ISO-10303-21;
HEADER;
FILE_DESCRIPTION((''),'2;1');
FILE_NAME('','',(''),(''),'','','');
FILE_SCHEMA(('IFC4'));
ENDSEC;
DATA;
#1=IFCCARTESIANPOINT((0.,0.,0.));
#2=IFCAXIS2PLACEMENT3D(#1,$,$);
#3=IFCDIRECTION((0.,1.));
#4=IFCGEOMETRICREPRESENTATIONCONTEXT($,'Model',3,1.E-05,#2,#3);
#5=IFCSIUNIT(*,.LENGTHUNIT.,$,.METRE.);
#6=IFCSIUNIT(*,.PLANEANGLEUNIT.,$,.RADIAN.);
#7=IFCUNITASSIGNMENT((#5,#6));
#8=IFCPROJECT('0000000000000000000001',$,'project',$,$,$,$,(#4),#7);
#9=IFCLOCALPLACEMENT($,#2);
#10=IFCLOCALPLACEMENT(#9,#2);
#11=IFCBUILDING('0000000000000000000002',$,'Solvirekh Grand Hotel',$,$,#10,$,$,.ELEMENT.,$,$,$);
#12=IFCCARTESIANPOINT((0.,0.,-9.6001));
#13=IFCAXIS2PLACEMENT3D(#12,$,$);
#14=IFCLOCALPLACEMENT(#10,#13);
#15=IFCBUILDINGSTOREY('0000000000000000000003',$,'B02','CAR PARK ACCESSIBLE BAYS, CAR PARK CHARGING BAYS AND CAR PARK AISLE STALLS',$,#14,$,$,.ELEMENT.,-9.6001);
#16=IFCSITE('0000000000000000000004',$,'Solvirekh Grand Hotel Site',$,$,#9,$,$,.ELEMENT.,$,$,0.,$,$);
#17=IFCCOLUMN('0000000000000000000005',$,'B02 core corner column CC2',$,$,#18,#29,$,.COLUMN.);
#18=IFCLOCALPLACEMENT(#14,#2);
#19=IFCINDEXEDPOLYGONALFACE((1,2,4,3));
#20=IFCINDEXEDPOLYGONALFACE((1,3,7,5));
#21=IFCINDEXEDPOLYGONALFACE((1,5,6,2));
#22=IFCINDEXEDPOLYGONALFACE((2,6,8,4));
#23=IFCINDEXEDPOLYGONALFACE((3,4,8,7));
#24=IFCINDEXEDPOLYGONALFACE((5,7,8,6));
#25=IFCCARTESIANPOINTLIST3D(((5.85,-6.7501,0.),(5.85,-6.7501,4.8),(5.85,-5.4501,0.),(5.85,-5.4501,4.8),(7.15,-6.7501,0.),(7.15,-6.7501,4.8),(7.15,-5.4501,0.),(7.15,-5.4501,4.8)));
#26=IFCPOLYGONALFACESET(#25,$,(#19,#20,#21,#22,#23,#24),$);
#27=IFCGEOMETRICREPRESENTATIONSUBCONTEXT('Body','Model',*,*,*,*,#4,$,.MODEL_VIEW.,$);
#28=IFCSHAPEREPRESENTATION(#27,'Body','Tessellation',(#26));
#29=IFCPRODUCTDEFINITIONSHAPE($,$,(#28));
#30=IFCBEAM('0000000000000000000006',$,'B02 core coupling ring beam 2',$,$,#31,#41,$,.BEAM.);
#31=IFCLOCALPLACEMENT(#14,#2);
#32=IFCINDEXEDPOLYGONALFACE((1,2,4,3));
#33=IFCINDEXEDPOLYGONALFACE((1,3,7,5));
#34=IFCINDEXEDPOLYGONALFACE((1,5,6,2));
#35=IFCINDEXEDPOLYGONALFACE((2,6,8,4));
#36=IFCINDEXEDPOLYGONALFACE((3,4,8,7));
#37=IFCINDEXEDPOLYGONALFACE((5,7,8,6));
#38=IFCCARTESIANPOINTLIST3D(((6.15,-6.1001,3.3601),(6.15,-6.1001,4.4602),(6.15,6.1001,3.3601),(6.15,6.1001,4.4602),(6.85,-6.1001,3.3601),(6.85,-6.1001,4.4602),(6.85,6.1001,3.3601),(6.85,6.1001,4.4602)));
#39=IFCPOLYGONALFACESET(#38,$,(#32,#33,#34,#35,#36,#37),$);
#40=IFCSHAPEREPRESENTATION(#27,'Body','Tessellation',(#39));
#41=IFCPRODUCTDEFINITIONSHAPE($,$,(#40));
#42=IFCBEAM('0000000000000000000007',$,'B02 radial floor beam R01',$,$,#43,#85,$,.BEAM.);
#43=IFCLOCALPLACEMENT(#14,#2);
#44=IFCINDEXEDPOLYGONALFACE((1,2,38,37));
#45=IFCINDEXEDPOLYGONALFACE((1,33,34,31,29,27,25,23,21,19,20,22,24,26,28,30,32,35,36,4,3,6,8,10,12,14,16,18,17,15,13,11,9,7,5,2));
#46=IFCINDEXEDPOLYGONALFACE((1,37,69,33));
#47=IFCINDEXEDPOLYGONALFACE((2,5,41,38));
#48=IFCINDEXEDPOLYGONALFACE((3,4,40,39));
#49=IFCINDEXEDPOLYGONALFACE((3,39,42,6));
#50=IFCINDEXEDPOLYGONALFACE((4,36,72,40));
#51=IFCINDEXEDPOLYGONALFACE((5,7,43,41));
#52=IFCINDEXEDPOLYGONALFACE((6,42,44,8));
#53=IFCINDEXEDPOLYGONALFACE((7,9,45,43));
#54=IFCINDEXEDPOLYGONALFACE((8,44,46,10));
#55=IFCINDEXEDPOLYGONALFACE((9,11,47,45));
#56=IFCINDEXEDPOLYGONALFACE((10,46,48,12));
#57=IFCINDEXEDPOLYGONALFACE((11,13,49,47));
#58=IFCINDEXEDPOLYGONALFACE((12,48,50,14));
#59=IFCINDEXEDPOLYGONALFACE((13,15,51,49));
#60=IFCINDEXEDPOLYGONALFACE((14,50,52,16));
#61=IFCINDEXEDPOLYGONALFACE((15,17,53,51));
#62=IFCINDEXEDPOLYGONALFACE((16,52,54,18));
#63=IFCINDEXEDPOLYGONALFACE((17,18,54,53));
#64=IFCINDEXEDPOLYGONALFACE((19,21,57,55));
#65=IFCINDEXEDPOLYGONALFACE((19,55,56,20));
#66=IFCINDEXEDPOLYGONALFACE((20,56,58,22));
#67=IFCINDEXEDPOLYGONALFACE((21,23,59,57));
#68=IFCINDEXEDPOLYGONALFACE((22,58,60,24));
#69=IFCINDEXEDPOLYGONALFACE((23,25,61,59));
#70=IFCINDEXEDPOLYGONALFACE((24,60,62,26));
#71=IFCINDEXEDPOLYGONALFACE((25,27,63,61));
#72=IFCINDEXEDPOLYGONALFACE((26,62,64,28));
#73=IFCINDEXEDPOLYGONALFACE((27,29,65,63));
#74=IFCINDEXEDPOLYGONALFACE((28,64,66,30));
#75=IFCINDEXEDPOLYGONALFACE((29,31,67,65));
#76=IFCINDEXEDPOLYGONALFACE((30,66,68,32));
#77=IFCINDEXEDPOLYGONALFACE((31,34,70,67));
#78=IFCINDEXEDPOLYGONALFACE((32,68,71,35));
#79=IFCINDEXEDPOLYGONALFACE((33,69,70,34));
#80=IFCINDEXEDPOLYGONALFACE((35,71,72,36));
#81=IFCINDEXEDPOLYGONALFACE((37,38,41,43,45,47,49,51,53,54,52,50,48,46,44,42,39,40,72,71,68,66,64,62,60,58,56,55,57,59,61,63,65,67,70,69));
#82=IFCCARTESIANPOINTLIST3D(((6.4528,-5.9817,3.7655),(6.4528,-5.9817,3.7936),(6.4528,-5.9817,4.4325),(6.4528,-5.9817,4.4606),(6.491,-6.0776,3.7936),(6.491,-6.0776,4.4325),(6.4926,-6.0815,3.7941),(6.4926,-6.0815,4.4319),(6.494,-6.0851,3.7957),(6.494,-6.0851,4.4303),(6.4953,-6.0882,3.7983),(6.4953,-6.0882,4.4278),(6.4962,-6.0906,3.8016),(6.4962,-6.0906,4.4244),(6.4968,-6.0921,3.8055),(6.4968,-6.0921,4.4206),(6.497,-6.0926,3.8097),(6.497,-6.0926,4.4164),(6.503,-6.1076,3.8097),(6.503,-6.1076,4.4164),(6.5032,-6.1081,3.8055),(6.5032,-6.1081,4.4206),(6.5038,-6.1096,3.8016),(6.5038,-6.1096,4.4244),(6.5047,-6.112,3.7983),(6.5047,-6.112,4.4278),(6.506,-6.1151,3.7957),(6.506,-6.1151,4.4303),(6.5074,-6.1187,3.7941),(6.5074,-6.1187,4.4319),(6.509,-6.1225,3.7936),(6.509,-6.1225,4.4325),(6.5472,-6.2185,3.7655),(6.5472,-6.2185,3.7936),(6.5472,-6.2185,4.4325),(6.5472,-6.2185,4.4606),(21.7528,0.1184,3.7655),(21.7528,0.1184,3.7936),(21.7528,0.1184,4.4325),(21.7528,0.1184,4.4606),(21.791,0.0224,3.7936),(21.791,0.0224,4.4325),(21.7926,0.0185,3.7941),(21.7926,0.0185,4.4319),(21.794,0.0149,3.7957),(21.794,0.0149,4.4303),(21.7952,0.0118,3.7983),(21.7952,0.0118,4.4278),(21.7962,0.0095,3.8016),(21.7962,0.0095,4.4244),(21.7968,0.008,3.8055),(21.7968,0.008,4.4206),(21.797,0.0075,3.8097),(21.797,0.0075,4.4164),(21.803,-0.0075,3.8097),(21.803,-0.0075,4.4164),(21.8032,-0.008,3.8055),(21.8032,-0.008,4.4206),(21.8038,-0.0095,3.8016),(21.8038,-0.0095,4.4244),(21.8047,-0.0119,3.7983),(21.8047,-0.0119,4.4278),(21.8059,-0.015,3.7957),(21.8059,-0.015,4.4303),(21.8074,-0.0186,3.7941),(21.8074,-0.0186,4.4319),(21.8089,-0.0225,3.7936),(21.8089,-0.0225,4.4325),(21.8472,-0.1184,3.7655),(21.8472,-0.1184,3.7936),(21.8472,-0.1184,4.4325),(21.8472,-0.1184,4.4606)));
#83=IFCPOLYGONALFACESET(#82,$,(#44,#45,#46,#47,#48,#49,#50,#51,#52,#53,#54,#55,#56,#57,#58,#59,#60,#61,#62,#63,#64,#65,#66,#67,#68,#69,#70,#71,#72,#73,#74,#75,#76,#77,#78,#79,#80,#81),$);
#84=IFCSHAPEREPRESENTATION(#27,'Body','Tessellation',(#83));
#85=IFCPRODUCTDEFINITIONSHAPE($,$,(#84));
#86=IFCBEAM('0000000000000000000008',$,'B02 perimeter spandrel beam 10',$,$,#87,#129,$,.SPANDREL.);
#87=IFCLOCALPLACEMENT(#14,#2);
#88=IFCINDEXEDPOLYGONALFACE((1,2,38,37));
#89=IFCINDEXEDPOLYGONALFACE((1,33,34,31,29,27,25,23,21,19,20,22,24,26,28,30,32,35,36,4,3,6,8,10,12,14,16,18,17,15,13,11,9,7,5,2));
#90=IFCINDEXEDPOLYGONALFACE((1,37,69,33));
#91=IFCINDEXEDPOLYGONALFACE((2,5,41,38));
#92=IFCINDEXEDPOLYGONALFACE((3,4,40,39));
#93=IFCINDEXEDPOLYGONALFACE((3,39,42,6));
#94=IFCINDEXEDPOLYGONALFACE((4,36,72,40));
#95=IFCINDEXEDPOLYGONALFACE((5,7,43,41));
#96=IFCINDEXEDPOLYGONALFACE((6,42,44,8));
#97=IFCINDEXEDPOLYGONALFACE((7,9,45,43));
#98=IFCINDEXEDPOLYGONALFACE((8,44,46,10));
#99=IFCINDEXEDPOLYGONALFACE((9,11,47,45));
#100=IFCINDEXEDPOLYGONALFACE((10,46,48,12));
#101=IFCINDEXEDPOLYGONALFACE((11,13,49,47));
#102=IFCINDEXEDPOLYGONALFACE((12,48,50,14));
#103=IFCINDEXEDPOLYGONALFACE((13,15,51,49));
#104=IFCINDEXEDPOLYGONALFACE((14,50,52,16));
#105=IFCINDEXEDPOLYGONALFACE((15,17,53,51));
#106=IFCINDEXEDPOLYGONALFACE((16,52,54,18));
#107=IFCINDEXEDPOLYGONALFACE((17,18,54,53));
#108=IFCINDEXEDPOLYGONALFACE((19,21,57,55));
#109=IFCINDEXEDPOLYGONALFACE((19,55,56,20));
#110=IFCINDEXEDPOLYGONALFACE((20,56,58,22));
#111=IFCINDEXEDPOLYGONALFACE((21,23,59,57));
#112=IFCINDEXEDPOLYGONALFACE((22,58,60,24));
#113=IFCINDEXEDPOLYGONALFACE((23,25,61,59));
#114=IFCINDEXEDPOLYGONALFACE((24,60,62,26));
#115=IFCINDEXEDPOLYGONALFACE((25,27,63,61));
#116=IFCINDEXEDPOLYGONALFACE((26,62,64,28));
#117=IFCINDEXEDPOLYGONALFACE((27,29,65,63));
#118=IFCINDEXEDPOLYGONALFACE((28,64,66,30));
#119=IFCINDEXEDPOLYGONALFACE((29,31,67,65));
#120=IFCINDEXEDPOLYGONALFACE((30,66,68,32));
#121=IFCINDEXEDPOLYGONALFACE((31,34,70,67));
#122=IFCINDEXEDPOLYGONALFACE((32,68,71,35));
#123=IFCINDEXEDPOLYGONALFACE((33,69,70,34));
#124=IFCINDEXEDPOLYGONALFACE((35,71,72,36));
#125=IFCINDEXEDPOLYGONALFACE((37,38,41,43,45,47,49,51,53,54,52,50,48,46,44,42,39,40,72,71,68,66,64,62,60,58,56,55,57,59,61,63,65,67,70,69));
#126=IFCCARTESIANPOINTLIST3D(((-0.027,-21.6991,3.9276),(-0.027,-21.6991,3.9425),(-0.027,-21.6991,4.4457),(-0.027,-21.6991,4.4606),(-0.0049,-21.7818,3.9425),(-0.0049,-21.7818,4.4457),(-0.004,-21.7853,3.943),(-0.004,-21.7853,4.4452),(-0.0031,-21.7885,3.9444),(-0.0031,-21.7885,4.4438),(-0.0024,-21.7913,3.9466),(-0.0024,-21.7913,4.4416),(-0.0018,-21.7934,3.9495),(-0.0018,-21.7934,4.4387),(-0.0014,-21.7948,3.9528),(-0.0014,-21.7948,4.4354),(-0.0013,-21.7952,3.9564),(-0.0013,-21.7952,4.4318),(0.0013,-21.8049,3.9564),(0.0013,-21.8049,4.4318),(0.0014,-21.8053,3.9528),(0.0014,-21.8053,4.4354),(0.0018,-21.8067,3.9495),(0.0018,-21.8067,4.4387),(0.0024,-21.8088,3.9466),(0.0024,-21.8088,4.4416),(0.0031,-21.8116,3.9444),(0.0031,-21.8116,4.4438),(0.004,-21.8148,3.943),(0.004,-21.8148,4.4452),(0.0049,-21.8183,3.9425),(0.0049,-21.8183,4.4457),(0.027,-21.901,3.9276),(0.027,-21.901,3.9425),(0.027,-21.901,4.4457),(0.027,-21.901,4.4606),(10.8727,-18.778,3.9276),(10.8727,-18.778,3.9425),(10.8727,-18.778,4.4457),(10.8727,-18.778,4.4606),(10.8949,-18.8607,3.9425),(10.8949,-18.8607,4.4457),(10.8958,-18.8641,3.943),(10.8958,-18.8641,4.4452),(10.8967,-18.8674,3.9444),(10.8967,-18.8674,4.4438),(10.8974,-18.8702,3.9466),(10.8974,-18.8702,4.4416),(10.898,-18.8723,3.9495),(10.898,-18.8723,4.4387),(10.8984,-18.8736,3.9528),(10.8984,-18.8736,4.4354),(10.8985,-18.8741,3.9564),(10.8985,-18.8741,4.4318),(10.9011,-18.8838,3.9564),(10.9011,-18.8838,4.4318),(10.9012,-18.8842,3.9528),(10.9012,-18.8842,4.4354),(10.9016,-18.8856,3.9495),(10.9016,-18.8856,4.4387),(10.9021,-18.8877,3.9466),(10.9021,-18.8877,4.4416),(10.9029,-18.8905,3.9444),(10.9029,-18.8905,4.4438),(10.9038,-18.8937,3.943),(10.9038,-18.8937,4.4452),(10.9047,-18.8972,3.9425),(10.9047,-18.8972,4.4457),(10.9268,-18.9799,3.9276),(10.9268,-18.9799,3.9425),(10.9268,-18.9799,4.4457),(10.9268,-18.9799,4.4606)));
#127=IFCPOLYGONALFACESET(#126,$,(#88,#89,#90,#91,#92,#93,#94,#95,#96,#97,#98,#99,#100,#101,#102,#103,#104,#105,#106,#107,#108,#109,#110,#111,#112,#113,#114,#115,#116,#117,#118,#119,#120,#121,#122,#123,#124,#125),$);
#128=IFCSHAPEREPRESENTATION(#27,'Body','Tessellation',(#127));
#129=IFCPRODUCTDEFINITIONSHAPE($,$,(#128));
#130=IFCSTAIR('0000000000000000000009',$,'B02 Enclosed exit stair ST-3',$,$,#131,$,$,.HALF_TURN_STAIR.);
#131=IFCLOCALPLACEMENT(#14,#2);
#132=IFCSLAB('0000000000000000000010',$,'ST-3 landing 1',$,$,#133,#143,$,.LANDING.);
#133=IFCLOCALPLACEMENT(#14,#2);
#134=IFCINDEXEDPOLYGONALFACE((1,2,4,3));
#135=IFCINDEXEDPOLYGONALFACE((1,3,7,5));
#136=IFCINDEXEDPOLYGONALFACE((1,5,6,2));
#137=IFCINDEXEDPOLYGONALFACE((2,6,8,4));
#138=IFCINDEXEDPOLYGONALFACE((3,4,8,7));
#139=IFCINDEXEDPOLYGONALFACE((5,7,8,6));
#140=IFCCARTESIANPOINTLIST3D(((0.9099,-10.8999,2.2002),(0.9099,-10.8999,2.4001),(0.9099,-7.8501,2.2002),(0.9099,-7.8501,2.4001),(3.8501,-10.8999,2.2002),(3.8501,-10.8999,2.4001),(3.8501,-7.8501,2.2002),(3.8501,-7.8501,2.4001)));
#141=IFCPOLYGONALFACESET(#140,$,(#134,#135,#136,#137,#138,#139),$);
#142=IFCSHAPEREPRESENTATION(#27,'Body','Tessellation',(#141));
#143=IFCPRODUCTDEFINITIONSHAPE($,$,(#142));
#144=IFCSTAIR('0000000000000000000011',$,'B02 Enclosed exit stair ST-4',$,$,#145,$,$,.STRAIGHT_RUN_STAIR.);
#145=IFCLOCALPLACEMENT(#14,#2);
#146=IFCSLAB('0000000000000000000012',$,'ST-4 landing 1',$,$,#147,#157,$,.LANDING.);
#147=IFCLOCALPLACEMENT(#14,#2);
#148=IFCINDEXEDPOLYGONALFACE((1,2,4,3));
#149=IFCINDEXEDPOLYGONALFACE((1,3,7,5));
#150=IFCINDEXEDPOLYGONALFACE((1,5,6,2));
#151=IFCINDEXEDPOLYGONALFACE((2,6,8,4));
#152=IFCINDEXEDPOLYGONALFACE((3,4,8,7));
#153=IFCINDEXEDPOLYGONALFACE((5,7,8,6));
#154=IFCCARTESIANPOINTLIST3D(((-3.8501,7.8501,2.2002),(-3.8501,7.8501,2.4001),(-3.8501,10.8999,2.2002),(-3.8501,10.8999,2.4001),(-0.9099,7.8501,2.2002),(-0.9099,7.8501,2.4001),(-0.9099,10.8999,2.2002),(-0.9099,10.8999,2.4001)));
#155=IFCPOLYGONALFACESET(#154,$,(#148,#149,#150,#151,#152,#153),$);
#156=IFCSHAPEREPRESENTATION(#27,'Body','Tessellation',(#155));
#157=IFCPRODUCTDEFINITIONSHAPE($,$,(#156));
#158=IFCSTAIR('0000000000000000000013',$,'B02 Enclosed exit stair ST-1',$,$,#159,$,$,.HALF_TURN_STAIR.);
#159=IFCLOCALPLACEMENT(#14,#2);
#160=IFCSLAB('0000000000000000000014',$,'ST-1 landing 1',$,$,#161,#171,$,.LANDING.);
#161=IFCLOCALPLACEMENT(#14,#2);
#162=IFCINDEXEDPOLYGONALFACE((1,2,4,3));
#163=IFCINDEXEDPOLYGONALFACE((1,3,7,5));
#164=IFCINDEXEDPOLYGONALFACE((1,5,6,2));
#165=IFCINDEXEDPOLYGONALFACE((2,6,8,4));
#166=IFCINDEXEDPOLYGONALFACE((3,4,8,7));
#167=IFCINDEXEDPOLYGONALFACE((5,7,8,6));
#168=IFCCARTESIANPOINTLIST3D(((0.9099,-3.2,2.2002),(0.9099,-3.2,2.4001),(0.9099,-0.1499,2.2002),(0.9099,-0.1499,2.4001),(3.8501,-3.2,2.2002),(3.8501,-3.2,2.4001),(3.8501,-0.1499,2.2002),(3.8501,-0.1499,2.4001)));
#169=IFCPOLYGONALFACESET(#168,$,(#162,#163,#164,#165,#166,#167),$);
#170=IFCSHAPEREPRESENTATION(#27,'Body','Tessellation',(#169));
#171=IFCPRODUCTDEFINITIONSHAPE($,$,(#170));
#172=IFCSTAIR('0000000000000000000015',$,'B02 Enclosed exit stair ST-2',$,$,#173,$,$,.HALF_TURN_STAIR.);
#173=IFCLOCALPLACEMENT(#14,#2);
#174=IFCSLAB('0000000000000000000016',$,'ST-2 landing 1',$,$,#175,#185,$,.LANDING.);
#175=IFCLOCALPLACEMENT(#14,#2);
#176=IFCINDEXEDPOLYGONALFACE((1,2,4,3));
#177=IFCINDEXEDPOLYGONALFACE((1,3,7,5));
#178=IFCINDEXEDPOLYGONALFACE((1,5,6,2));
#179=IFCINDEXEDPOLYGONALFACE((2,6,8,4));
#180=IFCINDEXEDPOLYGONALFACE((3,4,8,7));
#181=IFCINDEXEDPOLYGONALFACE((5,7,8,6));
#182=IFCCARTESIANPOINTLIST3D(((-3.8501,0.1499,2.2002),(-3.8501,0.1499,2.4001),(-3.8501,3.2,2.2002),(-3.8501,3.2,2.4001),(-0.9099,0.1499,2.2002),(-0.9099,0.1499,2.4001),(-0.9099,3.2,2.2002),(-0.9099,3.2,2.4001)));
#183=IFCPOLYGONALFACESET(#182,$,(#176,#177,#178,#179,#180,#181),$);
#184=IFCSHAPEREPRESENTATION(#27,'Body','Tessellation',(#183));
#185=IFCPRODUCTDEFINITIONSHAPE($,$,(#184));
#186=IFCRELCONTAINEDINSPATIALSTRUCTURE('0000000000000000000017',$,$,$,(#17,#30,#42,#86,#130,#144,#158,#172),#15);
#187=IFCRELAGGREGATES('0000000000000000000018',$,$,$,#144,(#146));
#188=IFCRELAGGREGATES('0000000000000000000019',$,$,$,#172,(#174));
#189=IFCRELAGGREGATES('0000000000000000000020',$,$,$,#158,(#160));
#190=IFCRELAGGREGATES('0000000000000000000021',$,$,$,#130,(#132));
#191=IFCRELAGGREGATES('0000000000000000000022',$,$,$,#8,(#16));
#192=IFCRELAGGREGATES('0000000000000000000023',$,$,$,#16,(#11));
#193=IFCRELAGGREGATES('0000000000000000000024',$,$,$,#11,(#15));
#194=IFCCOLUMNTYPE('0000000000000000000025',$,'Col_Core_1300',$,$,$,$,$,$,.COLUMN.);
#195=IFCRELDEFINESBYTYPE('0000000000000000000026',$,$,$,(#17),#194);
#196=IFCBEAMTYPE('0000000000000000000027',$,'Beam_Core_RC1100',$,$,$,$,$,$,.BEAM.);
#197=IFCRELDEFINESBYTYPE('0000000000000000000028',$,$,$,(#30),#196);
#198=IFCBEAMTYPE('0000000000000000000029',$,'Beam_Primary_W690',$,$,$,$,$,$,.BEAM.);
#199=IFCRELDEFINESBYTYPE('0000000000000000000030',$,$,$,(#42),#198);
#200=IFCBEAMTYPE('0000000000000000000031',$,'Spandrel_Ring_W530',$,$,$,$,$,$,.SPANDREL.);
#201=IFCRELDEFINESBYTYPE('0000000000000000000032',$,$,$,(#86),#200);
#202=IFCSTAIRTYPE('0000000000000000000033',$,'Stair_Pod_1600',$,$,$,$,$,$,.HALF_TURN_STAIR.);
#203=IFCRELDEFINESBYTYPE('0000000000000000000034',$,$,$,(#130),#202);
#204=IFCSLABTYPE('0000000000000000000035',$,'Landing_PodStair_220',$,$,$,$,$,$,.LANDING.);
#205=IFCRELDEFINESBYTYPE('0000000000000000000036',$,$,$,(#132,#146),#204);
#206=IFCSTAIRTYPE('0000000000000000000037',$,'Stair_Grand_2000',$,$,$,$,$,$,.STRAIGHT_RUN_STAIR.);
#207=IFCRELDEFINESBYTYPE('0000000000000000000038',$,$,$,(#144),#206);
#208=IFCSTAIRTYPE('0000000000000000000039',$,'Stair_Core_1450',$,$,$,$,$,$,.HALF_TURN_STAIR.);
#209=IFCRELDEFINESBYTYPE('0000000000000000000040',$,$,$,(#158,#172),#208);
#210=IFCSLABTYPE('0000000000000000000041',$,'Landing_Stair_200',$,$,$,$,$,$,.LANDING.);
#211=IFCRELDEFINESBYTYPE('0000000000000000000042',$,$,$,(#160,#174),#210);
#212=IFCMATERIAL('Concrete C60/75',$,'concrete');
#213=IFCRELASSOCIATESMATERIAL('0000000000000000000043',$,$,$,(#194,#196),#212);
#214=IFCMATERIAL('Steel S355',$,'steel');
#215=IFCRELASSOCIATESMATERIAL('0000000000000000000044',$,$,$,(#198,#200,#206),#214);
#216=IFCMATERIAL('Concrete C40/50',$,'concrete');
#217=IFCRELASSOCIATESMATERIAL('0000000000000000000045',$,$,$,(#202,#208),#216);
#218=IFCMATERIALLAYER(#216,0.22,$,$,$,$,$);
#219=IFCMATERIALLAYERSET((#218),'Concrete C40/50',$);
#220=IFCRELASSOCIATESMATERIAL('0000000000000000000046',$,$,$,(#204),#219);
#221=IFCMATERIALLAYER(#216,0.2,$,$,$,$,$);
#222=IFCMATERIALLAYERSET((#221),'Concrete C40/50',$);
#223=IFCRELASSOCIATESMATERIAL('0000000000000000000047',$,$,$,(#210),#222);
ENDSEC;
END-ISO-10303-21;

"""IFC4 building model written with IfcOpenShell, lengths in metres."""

from ifc_helpers import new_model, si_unit, direction, frame, origin, origin_2d, place, context, subcontext, project, spatial, polyline, rectangle, i_section, outline, extrude, material, layer, layer_set, material_profile, profile_set, type_object, element, aggregate, save


model = new_model("IFC4")

# Units and contexts
model_context = context("Model", 3, precision=1e-05, world=origin(), true_north=direction((0.0, 1.0)))
body_context = subcontext(model_context, "Body", "Model", "MODEL_VIEW")
ifc_project = project(units=[si_unit("LENGTHUNIT", "METRE"), si_unit("PLANEANGLEUNIT", "RADIAN")], contexts=[model_context])

# Site, building, storey
site_placement = place(None, origin())
site = spatial("IfcSite", under=ifc_project, at=site_placement, Name="Solvirekh Grand Hotel Site", CompositionType="ELEMENT", RefElevation=0.0)
building_placement = place(site_placement, origin())
building = spatial("IfcBuilding", under=site, at=building_placement, Name="Solvirekh Grand Hotel", CompositionType="ELEMENT")
storey_placement = place(building_placement, frame((0.0, 0.0, -9.6001)))
storey = spatial("IfcBuildingStorey", under=building, at=storey_placement, Name="B02", Description="CAR PARK ACCESSIBLE BAYS, CAR PARK CHARGING BAYS AND CAR PARK AISLE STALLS", CompositionType="ELEMENT", Elevation=-9.6001)

# Column
ifc_material_1 = material(Name="Concrete C60/75", Category="concrete")
ifc_material_profile_1 = material_profile(ifc_material_1, rectangle(XDim=1.3, YDim=1.3, at=origin_2d()), Name="RC 1300X1300")
ifc_profile_set_1 = profile_set([ifc_material_profile_1], Name="Concrete C60/75")
column_type_1 = type_object("IfcColumnType", Name="Col_Core_1300", PredefinedType="COLUMN", material=ifc_profile_set_1)
column_1_placement = place(storey_placement, frame((6.5, -6.1001, 0.0), z_axis=(0.0, 0.0, 1.0), x_axis=(1.0, 0.0, 0.0)))
element("IfcColumn", 1, at=column_1_placement, inside=storey, type_object=column_type_1, Name="B02 core corner column CC2", PredefinedType="COLUMN", context=body_context, shape_type="SweptSolid", body=[
    extrude(rectangle(XDim=1.3, YDim=1.3, at=origin_2d()), origin(), (0.0, 0.0, 1.0), 4.8),
])

# Beams
ifc_material_profile_2 = material_profile(ifc_material_1, rectangle(XDim=0.7, YDim=1.1001, at=origin_2d()), Name="RC BEAM 700X1100")
ifc_profile_set_2 = profile_set([ifc_material_profile_2], Name="Concrete C60/75")
beam_type_1 = type_object("IfcBeamType", Name="Beam_Core_RC1100", PredefinedType="BEAM", material=ifc_profile_set_2)
beam_1_placement = place(storey_placement, frame((6.5, -6.1001, 3.9102), z_axis=(0.0, 1.0, 0.0), x_axis=(-1.0, 0.0, 0.0)))
element("IfcBeam", 2, at=beam_1_placement, inside=storey, type_object=beam_type_1, Name="B02 core coupling ring beam 2", PredefinedType="BEAM", context=body_context, shape_type="SweptSolid", body=[
    extrude(rectangle(XDim=0.7, YDim=1.1001, at=origin_2d()), origin(), (0.0, 0.0, 1.0), 12.2002),
])
ifc_material_2 = material(Name="Steel S355", Category="steel")
ifc_material_profile_3 = material_profile(ifc_material_2, i_section(OverallWidth=0.2549, OverallDepth=0.6951, WebThickness=0.0161, FlangeThickness=0.0281, FilletRadius=0.0161, at=origin_2d()), Name="W690X217")
ifc_profile_set_3 = profile_set([ifc_material_profile_3], Name="Steel S355")
beam_type_2 = type_object("IfcBeamType", Name="Beam_Primary_W690", PredefinedType="BEAM", material=ifc_profile_set_3)
beam_2_placement = place(storey_placement, frame((6.5, -6.1001, 4.113), z_axis=(0.928893, 0.370348, 0.0), x_axis=(-0.370348, 0.928893, 0.0)))
element("IfcBeam", 3, at=beam_2_placement, inside=storey, type_object=beam_type_2, Name="B02 radial floor beam R01", PredefinedType="BEAM", context=body_context, shape_type="SweptSolid", body=[
    extrude(i_section(OverallWidth=0.2549, OverallDepth=0.6951, WebThickness=0.0161, FlangeThickness=0.0281, FilletRadius=0.0161, at=origin_2d()), origin(), (0.0, 0.0, 1.0), 16.4712),
])
ifc_material_profile_4 = material_profile(ifc_material_2, i_section(OverallWidth=0.209, OverallDepth=0.533, WebThickness=0.01, FlangeThickness=0.0149, FilletRadius=0.0139, at=origin_2d()), Name="W530X92")
ifc_profile_set_4 = profile_set([ifc_material_profile_4], Name="Steel S355")
beam_type_3 = type_object("IfcBeamType", Name="Spandrel_Ring_W530", PredefinedType="SPANDREL", material=ifc_profile_set_4)
beam_3_placement = place(storey_placement, frame((0.0, -21.8, 4.1941), z_axis=(0.965914, 0.258862, 0.0), x_axis=(-0.258862, 0.965914, 0.0)))
element("IfcBeam", 4, at=beam_3_placement, inside=storey, type_object=beam_type_3, Name="B02 perimeter spandrel beam 10", PredefinedType="SPANDREL", context=body_context, shape_type="SweptSolid", body=[
    extrude(i_section(OverallWidth=0.209, OverallDepth=0.533, WebThickness=0.01, FlangeThickness=0.0149, FilletRadius=0.0139, at=origin_2d()), origin(), (0.0, 0.0, 1.0), 11.2844),
])

# Stairs, slabs
ifc_material_3 = material(Name="Concrete C40/50", Category="concrete")
stair_type_1 = type_object("IfcStairType", Name="Stair_Pod_1600", PredefinedType="HALF_TURN_STAIR", material=ifc_material_3)
stair_1_placement = place(storey_placement, origin())
stair_1 = element("IfcStair", 5, at=stair_1_placement, inside=storey, type_object=stair_type_1, Name="B02 Enclosed exit stair ST-3", PredefinedType="HALF_TURN_STAIR")
ifc_layer_1 = layer(ifc_material_3, 0.22)
ifc_layer_set_1 = layer_set([ifc_layer_1], Name="Concrete C40/50")
slab_type_1 = type_object("IfcSlabType", Name="Landing_PodStair_220", PredefinedType="LANDING", material=ifc_layer_set_1)
slab_1_placement = place(storey_placement, frame((0.0, 0.0, 2.2002)))
slab_1 = element("IfcSlab", 6, at=slab_1_placement, type_object=slab_type_1, Name="ST-3 landing 1", PredefinedType="LANDING", context=body_context, shape_type="SweptSolid", body=[
    extrude(outline(polyline([(0.9099, -10.8999), (3.8501, -10.8999), (3.8501, -7.8501), (0.9099, -7.8501), (0.9099, -10.8999)])), origin(), (0.0, 0.0, 1.0), 0.2),
])
stair_type_2 = type_object("IfcStairType", Name="Stair_Grand_2000", PredefinedType="STRAIGHT_RUN_STAIR", material=ifc_material_2)
stair_2_placement = place(storey_placement, origin())
stair_2 = element("IfcStair", 7, at=stair_2_placement, inside=storey, type_object=stair_type_2, Name="B02 Enclosed exit stair ST-4", PredefinedType="STRAIGHT_RUN_STAIR")
slab_2_placement = place(storey_placement, frame((0.0, 0.0, 2.2002)))
slab_2 = element("IfcSlab", 8, at=slab_2_placement, type_object=slab_type_1, Name="ST-4 landing 1", PredefinedType="LANDING", context=body_context, shape_type="SweptSolid", body=[
    extrude(outline(polyline([(-0.9099, 10.8999), (-3.8501, 10.8999), (-3.8501, 7.8501), (-0.9099, 7.8501), (-0.9099, 10.8999)])), origin(), (0.0, 0.0, 1.0), 0.2),
])
aggregate(stair_2, [slab_2])
stair_type_3 = type_object("IfcStairType", Name="Stair_Core_1450", PredefinedType="HALF_TURN_STAIR", material=ifc_material_3)
stair_3_placement = place(storey_placement, origin())
stair_3 = element("IfcStair", 9, at=stair_3_placement, inside=storey, type_object=stair_type_3, Name="B02 Enclosed exit stair ST-1", PredefinedType="HALF_TURN_STAIR")
ifc_layer_2 = layer(ifc_material_3, 0.2)
ifc_layer_set_2 = layer_set([ifc_layer_2], Name="Concrete C40/50")
slab_type_2 = type_object("IfcSlabType", Name="Landing_Stair_200", PredefinedType="LANDING", material=ifc_layer_set_2)
slab_3_placement = place(storey_placement, frame((0.0, 0.0, 2.2002)))
slab_3 = element("IfcSlab", 10, at=slab_3_placement, type_object=slab_type_2, Name="ST-1 landing 1", PredefinedType="LANDING", context=body_context, shape_type="SweptSolid", body=[
    extrude(outline(polyline([(0.9099, -3.2), (3.8501, -3.2), (3.8501, -0.1499), (0.9099, -0.1499), (0.9099, -3.2)])), origin(), (0.0, 0.0, 1.0), 0.2),
])
stair_4_placement = place(storey_placement, origin())
stair_4 = element("IfcStair", 11, at=stair_4_placement, inside=storey, type_object=stair_type_3, Name="B02 Enclosed exit stair ST-2", PredefinedType="HALF_TURN_STAIR")
slab_4_placement = place(storey_placement, frame((0.0, 0.0, 2.2002)))
slab_4 = element("IfcSlab", 12, at=slab_4_placement, type_object=slab_type_2, Name="ST-2 landing 1", PredefinedType="LANDING", context=body_context, shape_type="SweptSolid", body=[
    extrude(outline(polyline([(-0.9099, 3.2), (-3.8501, 3.2), (-3.8501, 0.1499), (-0.9099, 0.1499), (-0.9099, 3.2)])), origin(), (0.0, 0.0, 1.0), 0.2),
])
aggregate(stair_4, [slab_4])

aggregate(stair_3, [slab_3])
aggregate(stair_1, [slab_1])

save(model, "model.ifc")
